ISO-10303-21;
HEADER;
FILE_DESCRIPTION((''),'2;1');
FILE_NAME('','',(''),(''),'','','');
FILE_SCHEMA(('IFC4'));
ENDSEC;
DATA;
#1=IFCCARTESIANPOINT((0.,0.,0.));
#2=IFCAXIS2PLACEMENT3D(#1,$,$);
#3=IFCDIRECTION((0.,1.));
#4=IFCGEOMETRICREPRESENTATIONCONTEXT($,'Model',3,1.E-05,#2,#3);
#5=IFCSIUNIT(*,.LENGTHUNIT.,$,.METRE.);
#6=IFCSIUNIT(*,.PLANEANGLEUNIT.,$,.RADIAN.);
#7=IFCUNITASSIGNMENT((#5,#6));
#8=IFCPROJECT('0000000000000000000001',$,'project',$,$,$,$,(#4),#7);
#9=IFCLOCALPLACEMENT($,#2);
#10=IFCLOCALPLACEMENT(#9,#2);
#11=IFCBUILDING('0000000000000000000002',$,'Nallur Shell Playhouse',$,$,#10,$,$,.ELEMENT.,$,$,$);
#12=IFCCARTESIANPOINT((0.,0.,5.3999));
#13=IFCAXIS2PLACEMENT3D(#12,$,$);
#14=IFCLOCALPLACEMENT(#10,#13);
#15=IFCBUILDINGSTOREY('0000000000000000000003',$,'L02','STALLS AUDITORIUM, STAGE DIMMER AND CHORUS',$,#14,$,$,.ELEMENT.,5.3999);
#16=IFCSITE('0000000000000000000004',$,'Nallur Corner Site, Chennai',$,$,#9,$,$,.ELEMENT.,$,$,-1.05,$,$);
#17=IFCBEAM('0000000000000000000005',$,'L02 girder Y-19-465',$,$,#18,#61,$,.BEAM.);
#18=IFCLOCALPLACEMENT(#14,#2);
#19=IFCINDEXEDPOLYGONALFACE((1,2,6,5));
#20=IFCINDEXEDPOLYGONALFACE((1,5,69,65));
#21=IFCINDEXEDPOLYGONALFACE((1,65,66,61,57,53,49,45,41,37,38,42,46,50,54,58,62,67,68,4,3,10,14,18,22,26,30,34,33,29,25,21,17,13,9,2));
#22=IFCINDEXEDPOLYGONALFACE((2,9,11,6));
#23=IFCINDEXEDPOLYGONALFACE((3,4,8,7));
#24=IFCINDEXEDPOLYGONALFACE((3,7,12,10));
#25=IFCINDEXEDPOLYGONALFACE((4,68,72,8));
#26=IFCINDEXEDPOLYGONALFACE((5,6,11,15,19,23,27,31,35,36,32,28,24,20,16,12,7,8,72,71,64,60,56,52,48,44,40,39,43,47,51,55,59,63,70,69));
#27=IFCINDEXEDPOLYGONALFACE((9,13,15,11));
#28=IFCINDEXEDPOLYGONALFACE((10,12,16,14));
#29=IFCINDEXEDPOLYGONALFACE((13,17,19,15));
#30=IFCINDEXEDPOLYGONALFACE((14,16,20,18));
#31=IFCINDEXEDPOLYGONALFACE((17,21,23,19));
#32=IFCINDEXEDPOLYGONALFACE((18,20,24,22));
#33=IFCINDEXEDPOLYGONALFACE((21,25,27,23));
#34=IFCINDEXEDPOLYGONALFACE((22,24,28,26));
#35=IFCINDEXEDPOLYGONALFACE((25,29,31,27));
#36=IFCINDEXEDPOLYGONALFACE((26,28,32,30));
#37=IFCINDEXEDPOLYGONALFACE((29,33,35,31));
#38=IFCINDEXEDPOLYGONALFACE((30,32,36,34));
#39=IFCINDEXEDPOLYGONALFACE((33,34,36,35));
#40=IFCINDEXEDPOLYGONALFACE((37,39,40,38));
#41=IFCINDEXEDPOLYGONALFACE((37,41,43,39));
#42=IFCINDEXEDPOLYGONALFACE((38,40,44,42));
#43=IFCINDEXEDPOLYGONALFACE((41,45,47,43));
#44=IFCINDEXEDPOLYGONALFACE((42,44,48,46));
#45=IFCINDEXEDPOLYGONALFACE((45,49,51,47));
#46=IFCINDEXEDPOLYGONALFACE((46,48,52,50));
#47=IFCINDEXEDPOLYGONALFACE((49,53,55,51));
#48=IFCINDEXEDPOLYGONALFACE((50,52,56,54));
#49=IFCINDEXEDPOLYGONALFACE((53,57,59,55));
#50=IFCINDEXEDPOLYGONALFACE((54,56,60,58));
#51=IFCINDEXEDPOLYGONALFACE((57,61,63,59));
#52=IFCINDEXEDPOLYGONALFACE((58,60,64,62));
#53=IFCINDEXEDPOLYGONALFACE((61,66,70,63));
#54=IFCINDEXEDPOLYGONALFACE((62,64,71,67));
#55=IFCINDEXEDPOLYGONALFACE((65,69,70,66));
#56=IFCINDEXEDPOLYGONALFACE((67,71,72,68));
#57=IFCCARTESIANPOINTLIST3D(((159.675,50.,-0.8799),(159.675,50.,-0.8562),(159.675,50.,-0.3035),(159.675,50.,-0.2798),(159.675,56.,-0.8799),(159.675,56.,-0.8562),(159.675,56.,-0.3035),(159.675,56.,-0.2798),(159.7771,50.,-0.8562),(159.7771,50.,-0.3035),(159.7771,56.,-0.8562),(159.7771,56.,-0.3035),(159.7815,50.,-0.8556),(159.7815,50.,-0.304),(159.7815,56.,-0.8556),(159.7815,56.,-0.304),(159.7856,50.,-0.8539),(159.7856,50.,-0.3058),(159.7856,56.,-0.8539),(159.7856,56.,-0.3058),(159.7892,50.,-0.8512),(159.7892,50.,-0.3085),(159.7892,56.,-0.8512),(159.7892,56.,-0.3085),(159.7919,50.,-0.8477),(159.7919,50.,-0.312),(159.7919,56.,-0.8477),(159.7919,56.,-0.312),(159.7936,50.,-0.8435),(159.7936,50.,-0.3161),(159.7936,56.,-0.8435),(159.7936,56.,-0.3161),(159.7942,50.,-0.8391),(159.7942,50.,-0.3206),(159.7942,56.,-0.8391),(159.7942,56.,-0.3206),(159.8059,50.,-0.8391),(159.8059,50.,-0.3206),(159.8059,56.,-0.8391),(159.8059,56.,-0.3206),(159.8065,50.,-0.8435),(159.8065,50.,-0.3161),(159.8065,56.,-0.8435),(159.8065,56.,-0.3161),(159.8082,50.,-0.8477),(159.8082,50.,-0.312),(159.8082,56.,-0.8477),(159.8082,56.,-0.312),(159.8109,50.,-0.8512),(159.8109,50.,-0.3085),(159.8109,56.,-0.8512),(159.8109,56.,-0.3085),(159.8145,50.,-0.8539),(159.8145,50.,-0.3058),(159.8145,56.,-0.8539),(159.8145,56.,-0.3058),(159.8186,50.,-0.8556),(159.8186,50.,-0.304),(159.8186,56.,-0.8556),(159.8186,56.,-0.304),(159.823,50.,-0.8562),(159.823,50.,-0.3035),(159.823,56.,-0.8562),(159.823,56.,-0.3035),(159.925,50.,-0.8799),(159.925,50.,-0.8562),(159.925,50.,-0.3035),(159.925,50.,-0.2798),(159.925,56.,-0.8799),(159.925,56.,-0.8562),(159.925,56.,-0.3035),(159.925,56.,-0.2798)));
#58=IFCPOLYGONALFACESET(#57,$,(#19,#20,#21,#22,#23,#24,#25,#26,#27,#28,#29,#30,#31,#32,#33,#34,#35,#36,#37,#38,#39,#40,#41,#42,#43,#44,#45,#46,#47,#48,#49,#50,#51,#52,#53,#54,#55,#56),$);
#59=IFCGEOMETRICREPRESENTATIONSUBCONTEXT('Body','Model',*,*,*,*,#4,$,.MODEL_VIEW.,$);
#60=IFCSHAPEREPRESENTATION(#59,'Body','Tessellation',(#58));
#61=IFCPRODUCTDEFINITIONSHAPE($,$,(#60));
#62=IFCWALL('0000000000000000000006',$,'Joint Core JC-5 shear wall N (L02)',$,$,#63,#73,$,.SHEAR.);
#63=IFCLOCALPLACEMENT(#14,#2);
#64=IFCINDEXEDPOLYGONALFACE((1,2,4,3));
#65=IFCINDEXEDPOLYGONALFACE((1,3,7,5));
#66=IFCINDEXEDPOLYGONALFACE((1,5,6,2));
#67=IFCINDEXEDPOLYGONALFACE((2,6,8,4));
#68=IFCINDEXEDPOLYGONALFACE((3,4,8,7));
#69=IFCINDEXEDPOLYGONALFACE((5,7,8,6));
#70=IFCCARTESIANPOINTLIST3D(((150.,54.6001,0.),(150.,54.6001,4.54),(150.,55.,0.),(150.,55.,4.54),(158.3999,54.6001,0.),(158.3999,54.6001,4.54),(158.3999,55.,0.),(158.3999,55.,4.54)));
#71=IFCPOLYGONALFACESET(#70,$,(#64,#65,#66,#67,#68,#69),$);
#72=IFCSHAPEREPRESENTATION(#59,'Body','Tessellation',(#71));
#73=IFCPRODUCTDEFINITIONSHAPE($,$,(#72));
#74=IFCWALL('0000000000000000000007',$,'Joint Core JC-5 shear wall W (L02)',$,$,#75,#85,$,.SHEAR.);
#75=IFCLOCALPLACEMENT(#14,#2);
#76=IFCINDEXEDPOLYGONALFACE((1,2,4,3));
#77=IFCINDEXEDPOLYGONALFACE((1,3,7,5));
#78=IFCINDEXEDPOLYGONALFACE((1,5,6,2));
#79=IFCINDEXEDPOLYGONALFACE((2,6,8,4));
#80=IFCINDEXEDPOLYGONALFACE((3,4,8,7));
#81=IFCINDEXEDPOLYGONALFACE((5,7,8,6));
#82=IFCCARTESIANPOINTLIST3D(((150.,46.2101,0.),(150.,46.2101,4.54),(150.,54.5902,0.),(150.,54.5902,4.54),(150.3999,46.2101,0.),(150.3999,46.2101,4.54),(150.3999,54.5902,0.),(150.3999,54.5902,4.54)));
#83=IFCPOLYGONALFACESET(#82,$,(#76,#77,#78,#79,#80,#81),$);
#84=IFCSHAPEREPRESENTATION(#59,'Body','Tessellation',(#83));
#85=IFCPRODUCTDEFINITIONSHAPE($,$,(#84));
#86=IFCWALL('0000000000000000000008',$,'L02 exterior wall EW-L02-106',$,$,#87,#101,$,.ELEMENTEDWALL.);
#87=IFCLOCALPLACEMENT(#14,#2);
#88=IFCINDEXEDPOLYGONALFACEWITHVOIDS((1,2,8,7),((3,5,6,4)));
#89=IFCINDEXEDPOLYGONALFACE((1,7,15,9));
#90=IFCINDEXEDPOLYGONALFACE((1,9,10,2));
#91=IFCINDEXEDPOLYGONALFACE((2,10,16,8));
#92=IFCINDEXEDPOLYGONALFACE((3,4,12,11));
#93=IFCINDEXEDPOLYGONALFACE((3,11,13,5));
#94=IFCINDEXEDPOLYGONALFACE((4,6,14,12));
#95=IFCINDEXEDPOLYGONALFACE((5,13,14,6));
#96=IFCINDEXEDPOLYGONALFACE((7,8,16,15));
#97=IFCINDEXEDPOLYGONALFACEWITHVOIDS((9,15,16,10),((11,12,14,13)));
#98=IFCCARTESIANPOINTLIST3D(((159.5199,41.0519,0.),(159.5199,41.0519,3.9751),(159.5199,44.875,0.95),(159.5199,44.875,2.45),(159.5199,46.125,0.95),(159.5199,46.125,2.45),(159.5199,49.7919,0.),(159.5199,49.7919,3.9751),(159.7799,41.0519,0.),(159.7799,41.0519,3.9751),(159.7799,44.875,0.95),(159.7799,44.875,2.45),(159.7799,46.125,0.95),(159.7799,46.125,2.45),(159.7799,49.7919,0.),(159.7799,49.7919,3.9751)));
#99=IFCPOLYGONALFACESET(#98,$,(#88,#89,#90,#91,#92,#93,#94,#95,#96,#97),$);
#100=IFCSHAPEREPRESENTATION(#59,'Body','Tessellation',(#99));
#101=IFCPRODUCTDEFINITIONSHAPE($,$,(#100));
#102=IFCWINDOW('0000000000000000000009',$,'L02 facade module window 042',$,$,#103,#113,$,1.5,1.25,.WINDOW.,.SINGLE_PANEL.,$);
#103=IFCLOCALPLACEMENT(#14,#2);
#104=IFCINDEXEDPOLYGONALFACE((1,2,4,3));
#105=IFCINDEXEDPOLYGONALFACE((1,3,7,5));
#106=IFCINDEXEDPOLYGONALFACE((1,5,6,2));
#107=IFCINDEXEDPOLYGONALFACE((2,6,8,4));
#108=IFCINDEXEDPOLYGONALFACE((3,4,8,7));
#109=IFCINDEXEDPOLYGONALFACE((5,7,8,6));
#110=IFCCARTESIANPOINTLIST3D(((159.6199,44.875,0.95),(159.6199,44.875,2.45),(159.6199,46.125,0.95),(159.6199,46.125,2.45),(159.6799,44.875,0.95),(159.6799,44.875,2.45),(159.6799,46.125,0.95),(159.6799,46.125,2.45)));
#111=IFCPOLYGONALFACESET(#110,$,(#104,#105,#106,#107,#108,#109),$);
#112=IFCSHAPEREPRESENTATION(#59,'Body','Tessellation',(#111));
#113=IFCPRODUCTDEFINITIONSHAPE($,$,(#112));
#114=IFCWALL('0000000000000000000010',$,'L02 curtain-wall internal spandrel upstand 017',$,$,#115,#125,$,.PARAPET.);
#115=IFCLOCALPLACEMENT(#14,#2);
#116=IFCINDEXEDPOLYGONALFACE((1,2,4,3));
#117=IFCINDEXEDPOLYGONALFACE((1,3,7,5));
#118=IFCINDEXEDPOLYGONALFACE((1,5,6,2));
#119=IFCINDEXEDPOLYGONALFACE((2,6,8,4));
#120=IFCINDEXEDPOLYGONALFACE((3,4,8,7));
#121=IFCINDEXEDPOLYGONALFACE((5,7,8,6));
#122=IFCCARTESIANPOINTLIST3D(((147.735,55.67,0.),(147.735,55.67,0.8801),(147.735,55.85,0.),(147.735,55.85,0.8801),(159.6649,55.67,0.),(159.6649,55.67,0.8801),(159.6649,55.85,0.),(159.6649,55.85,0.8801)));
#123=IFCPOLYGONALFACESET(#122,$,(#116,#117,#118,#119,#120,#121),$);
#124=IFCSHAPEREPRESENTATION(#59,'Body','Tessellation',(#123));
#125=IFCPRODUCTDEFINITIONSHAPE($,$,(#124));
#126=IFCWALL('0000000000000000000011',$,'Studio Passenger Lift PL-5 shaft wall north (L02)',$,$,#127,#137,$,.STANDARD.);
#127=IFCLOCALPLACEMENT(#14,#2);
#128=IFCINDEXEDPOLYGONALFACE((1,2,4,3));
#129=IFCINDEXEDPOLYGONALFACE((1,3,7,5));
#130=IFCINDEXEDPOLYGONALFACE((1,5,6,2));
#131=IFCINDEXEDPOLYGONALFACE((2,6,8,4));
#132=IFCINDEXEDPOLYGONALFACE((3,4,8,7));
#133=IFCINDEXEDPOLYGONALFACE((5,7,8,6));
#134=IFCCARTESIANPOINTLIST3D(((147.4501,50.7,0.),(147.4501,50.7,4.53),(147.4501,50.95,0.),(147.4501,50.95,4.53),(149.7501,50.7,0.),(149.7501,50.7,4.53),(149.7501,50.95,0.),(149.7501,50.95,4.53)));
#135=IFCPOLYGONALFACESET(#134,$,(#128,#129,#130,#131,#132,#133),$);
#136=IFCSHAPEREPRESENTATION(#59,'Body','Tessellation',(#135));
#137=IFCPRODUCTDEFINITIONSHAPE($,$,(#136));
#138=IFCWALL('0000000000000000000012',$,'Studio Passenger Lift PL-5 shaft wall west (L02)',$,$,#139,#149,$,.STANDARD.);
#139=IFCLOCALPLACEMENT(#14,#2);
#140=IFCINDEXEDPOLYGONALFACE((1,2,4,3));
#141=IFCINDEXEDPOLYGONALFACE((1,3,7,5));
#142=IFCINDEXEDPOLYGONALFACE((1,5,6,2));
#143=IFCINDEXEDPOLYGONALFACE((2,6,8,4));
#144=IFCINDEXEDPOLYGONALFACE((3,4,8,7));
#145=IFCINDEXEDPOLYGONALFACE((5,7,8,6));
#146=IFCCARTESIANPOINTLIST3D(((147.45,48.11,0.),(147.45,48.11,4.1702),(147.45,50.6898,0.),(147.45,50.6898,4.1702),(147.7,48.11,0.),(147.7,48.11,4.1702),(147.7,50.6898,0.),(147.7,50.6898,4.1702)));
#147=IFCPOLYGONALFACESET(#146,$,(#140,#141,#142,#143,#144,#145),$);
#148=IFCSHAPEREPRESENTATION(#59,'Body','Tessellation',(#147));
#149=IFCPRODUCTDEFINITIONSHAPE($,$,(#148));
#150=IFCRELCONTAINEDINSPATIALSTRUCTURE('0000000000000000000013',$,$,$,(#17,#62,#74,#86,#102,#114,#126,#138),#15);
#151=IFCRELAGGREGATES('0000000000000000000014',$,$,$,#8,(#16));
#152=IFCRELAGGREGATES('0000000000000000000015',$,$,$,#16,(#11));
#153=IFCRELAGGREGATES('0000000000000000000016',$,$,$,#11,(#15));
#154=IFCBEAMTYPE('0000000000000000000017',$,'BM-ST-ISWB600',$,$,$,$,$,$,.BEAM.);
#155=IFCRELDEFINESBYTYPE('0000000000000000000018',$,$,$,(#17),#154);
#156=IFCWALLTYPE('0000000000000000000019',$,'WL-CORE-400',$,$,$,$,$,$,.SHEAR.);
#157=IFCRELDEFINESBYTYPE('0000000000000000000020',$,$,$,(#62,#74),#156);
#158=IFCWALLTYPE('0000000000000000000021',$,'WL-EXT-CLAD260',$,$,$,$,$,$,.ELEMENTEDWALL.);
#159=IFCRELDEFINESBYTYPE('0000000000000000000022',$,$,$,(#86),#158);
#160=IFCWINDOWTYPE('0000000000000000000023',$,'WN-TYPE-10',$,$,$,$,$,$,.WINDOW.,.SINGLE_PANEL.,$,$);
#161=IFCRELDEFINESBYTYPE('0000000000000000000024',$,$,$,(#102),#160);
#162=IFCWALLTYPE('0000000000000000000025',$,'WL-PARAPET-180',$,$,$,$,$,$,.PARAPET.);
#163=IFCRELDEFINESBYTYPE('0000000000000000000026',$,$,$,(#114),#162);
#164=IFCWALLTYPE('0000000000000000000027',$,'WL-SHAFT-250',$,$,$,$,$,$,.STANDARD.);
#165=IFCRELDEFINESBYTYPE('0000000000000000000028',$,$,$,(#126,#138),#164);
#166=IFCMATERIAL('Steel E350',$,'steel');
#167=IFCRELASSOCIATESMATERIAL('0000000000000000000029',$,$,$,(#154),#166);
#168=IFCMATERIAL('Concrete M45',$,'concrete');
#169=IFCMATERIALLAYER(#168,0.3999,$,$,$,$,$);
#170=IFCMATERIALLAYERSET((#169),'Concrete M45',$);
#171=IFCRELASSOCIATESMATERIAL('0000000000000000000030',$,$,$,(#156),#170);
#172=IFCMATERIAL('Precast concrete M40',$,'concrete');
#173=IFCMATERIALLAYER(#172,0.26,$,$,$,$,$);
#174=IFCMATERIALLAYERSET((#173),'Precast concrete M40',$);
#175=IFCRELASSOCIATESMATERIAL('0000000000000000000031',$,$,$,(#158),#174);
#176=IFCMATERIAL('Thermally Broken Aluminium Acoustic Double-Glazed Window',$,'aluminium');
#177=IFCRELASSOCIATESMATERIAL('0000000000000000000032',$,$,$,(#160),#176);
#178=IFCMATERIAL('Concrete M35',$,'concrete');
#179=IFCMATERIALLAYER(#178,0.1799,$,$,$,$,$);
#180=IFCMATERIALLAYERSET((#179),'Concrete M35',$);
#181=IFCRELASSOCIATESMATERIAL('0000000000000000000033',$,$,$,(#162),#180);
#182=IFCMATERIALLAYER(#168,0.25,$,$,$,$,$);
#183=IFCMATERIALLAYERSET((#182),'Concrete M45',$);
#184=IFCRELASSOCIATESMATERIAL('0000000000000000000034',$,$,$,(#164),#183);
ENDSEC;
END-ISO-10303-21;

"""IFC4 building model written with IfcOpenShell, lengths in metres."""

from ifc_helpers import new_model, si_unit, direction, frame, frame_2d, origin, origin_2d, place, context, subcontext, project, spatial, rectangle, i_section, extrude, material, layer, layer_set, material_profile, profile_set, type_object, element, fill, save


model = new_model("IFC4")

# Units and contexts
model_context = context("Model", 3, precision=1e-05, world=origin(), true_north=direction((0.0, 1.0)))
body_context = subcontext(model_context, "Body", "Model", "MODEL_VIEW")
ifc_project = project(units=[si_unit("LENGTHUNIT", "METRE"), si_unit("PLANEANGLEUNIT", "RADIAN")], contexts=[model_context])

# Site, building, storey
site_placement = place(None, origin())
site = spatial("IfcSite", under=ifc_project, at=site_placement, Name="Nallur Corner Site, Chennai", CompositionType="ELEMENT", RefElevation=-1.05)
building_placement = place(site_placement, origin())
building = spatial("IfcBuilding", under=site, at=building_placement, Name="Nallur Shell Playhouse", CompositionType="ELEMENT")
storey_placement = place(building_placement, frame((0.0, 0.0, 5.3999)))
storey = spatial("IfcBuildingStorey", under=building, at=storey_placement, Name="L02", Description="STALLS AUDITORIUM, STAGE DIMMER AND CHORUS", CompositionType="ELEMENT", Elevation=5.3999)

# Shared definitions
ifc_material_1 = material(Name="Steel E350", Category="steel")

# Beam
ifc_material_2 = material(Name="Concrete M35", Category="concrete")
ifc_material_profile_1 = material_profile(ifc_material_1, i_section(OverallWidth=0.25, OverallDepth=0.6001, WebThickness=0.0117, FlangeThickness=0.0237, FilletRadius=0.0171, at=origin_2d()), Name="ISWB 600")
ifc_profile_set_1 = profile_set([ifc_material_profile_1], Name="Steel E350")
beam_type_1 = type_object("IfcBeamType", Name="BM-ST-ISWB600", PredefinedType="BEAM", material=ifc_profile_set_1)
beam_1_placement = place(storey_placement, frame((159.8, 50.0, -0.5798), z_axis=(0.0, 1.0, 0.0), x_axis=(-1.0, 0.0, 0.0)))
element("IfcBeam", 1, at=beam_1_placement, inside=storey, type_object=beam_type_1, Name="L02 girder Y-19-465", PredefinedType="BEAM", context=body_context, shape_type="SweptSolid", body=[
    extrude(i_section(OverallWidth=0.25, OverallDepth=0.6001, WebThickness=0.0117, FlangeThickness=0.0237, FilletRadius=0.0171, at=origin_2d()), origin(), (0.0, 0.0, 1.0), 6.0),
])

# Walls
ifc_material_3 = material(Name="Concrete M45", Category="concrete")
ifc_layer_1 = layer(ifc_material_3, 0.3999)
ifc_layer_set_1 = layer_set([ifc_layer_1], Name="Concrete M45")
wall_type_1 = type_object("IfcWallType", Name="WL-CORE-400", PredefinedType="SHEAR", material=ifc_layer_set_1)
wall_1_placement = place(storey_placement, frame((158.3999, 54.8, 0.0), z_axis=(0.0, 0.0, 1.0), x_axis=(-1.0, 0.0, 0.0)))
element("IfcWall", 2, at=wall_1_placement, inside=storey, type_object=wall_type_1, Name="Joint Core JC-5 shear wall N (L02)", PredefinedType="SHEAR", context=body_context, shape_type="SweptSolid", body=[
    extrude(rectangle(XDim=8.3999, YDim=0.3999, at=frame_2d((4.2, 0.0))), origin(), (0.0, 0.0, 1.0), 4.54),
])
wall_2_placement = place(storey_placement, frame((150.2, 54.5901, 0.0), z_axis=(0.0, 0.0, 1.0), x_axis=(0.0, -1.0, 0.0)))
element("IfcWall", 3, at=wall_2_placement, inside=storey, type_object=wall_type_1, Name="Joint Core JC-5 shear wall W (L02)", PredefinedType="SHEAR", context=body_context, shape_type="SweptSolid", body=[
    extrude(rectangle(XDim=8.3801, YDim=0.3999, at=frame_2d((4.1899, 0.0))), origin(), (0.0, 0.0, 1.0), 4.54),
])

# Wall, opening, window
ifc_material_4 = material(Name="Precast concrete M40", Category="concrete")
ifc_layer_2 = layer(ifc_material_4, 0.26)
ifc_layer_set_2 = layer_set([ifc_layer_2], Name="Precast concrete M40")
wall_type_2 = type_object("IfcWallType", Name="WL-EXT-CLAD260", PredefinedType="ELEMENTEDWALL", material=ifc_layer_set_2)
wall_3_placement = place(storey_placement, frame((159.6499, 49.792, 0.0), z_axis=(0.0, 0.0, 1.0), x_axis=(0.0, -1.0, 0.0)))
wall_3 = element("IfcWall", 4, at=wall_3_placement, inside=storey, type_object=wall_type_2, Name="L02 exterior wall EW-L02-106", PredefinedType="ELEMENTEDWALL", context=body_context, shape_type="SweptSolid", body=[
    extrude(rectangle(XDim=8.74, YDim=0.26, at=frame_2d((4.3701, 0.0))), origin(), (0.0, 0.0, 1.0), 3.9751),
])
opening_placement = place(wall_3_placement, frame((3.667, 0.0, 0.95)))
opening = element("IfcOpeningElement", 5, at=opening_placement, cuts=wall_3, PredefinedType="OPENING", context=body_context, shape_type="SweptSolid", body=[
    extrude(rectangle(XDim=1.25, YDim=1.5, at=frame_2d((0.625, 0.75))), frame((0.0, 0.1401, 0.0), z_axis=(0.0, -1.0, 0.0), x_axis=(1.0, 0.0, 0.0)), (0.0, 0.0, 1.0), 0.28),
])
ifc_material_5 = material(Name="Thermally Broken Aluminium Acoustic Double-Glazed Window", Category="aluminium")
window_type = type_object("IfcWindowType", Name="WN-TYPE-10", PartitioningType="SINGLE_PANEL", PredefinedType="WINDOW", material=ifc_material_5)
window_placement = place(opening_placement, origin())
window = element("IfcWindow", 6, at=window_placement, inside=storey, type_object=window_type, Name="L02 facade module window 042", OverallHeight=1.5, OverallWidth=1.25, PartitioningType="SINGLE_PANEL", PredefinedType="WINDOW", context=body_context, shape_type="SweptSolid", body=[
    extrude(rectangle(XDim=1.25, YDim=1.5, at=frame_2d((0.625, 0.75))), frame((0.0, 0.03, 0.0), z_axis=(0.0, -1.0, 0.0), x_axis=(1.0, 0.0, 0.0)), (0.0, 0.0, 1.0), 0.0601),
])
fill(opening, window)

# Walls
ifc_layer_3 = layer(ifc_material_2, 0.1799)
ifc_layer_set_3 = layer_set([ifc_layer_3], Name="Concrete M35")
wall_type_3 = type_object("IfcWallType", Name="WL-PARAPET-180", PredefinedType="PARAPET", material=ifc_layer_set_3)
wall_4_placement = place(storey_placement, frame((147.7351, 55.76, 0.0), z_axis=(0.0, 0.0, 1.0), x_axis=(1.0, 0.0, 0.0)))
element("IfcWall", 7, at=wall_4_placement, inside=storey, type_object=wall_type_3, Name="L02 curtain-wall internal spandrel upstand 017", PredefinedType="PARAPET", context=body_context, shape_type="SweptSolid", body=[
    extrude(rectangle(XDim=11.9299, YDim=0.1799, at=frame_2d((5.9648, 0.0))), origin(), (0.0, 0.0, 1.0), 0.8801),
])
ifc_layer_4 = layer(ifc_material_3, 0.25)
ifc_layer_set_4 = layer_set([ifc_layer_4], Name="Concrete M45")
wall_type_4 = type_object("IfcWallType", Name="WL-SHAFT-250", PredefinedType="STANDARD", material=ifc_layer_set_4)
wall_5_placement = place(storey_placement, frame((149.75, 50.825, 0.0), z_axis=(0.0, 0.0, 1.0), x_axis=(-1.0, 0.0, 0.0)))
element("IfcWall", 8, at=wall_5_placement, inside=storey, type_object=wall_type_4, Name="Studio Passenger Lift PL-5 shaft wall north (L02)", PredefinedType="STANDARD", context=body_context, shape_type="SweptSolid", body=[
    extrude(rectangle(XDim=2.3, YDim=0.25, at=frame_2d((1.1499, 0.0))), origin(), (0.0, 0.0, 1.0), 4.53),
])
wall_6_placement = place(storey_placement, frame((147.575, 50.6899, 0.0), z_axis=(0.0, 0.0, 1.0), x_axis=(0.0, -1.0, 0.0)))
element("IfcWall", 9, at=wall_6_placement, inside=storey, type_object=wall_type_4, Name="Studio Passenger Lift PL-5 shaft wall west (L02)", PredefinedType="STANDARD", context=body_context, shape_type="SweptSolid", body=[
    extrude(rectangle(XDim=2.5798, YDim=0.25, at=frame_2d((1.29, 0.0))), origin(), (0.0, 0.0, 1.0), 4.1702),
])

save(model, "model.ifc")
